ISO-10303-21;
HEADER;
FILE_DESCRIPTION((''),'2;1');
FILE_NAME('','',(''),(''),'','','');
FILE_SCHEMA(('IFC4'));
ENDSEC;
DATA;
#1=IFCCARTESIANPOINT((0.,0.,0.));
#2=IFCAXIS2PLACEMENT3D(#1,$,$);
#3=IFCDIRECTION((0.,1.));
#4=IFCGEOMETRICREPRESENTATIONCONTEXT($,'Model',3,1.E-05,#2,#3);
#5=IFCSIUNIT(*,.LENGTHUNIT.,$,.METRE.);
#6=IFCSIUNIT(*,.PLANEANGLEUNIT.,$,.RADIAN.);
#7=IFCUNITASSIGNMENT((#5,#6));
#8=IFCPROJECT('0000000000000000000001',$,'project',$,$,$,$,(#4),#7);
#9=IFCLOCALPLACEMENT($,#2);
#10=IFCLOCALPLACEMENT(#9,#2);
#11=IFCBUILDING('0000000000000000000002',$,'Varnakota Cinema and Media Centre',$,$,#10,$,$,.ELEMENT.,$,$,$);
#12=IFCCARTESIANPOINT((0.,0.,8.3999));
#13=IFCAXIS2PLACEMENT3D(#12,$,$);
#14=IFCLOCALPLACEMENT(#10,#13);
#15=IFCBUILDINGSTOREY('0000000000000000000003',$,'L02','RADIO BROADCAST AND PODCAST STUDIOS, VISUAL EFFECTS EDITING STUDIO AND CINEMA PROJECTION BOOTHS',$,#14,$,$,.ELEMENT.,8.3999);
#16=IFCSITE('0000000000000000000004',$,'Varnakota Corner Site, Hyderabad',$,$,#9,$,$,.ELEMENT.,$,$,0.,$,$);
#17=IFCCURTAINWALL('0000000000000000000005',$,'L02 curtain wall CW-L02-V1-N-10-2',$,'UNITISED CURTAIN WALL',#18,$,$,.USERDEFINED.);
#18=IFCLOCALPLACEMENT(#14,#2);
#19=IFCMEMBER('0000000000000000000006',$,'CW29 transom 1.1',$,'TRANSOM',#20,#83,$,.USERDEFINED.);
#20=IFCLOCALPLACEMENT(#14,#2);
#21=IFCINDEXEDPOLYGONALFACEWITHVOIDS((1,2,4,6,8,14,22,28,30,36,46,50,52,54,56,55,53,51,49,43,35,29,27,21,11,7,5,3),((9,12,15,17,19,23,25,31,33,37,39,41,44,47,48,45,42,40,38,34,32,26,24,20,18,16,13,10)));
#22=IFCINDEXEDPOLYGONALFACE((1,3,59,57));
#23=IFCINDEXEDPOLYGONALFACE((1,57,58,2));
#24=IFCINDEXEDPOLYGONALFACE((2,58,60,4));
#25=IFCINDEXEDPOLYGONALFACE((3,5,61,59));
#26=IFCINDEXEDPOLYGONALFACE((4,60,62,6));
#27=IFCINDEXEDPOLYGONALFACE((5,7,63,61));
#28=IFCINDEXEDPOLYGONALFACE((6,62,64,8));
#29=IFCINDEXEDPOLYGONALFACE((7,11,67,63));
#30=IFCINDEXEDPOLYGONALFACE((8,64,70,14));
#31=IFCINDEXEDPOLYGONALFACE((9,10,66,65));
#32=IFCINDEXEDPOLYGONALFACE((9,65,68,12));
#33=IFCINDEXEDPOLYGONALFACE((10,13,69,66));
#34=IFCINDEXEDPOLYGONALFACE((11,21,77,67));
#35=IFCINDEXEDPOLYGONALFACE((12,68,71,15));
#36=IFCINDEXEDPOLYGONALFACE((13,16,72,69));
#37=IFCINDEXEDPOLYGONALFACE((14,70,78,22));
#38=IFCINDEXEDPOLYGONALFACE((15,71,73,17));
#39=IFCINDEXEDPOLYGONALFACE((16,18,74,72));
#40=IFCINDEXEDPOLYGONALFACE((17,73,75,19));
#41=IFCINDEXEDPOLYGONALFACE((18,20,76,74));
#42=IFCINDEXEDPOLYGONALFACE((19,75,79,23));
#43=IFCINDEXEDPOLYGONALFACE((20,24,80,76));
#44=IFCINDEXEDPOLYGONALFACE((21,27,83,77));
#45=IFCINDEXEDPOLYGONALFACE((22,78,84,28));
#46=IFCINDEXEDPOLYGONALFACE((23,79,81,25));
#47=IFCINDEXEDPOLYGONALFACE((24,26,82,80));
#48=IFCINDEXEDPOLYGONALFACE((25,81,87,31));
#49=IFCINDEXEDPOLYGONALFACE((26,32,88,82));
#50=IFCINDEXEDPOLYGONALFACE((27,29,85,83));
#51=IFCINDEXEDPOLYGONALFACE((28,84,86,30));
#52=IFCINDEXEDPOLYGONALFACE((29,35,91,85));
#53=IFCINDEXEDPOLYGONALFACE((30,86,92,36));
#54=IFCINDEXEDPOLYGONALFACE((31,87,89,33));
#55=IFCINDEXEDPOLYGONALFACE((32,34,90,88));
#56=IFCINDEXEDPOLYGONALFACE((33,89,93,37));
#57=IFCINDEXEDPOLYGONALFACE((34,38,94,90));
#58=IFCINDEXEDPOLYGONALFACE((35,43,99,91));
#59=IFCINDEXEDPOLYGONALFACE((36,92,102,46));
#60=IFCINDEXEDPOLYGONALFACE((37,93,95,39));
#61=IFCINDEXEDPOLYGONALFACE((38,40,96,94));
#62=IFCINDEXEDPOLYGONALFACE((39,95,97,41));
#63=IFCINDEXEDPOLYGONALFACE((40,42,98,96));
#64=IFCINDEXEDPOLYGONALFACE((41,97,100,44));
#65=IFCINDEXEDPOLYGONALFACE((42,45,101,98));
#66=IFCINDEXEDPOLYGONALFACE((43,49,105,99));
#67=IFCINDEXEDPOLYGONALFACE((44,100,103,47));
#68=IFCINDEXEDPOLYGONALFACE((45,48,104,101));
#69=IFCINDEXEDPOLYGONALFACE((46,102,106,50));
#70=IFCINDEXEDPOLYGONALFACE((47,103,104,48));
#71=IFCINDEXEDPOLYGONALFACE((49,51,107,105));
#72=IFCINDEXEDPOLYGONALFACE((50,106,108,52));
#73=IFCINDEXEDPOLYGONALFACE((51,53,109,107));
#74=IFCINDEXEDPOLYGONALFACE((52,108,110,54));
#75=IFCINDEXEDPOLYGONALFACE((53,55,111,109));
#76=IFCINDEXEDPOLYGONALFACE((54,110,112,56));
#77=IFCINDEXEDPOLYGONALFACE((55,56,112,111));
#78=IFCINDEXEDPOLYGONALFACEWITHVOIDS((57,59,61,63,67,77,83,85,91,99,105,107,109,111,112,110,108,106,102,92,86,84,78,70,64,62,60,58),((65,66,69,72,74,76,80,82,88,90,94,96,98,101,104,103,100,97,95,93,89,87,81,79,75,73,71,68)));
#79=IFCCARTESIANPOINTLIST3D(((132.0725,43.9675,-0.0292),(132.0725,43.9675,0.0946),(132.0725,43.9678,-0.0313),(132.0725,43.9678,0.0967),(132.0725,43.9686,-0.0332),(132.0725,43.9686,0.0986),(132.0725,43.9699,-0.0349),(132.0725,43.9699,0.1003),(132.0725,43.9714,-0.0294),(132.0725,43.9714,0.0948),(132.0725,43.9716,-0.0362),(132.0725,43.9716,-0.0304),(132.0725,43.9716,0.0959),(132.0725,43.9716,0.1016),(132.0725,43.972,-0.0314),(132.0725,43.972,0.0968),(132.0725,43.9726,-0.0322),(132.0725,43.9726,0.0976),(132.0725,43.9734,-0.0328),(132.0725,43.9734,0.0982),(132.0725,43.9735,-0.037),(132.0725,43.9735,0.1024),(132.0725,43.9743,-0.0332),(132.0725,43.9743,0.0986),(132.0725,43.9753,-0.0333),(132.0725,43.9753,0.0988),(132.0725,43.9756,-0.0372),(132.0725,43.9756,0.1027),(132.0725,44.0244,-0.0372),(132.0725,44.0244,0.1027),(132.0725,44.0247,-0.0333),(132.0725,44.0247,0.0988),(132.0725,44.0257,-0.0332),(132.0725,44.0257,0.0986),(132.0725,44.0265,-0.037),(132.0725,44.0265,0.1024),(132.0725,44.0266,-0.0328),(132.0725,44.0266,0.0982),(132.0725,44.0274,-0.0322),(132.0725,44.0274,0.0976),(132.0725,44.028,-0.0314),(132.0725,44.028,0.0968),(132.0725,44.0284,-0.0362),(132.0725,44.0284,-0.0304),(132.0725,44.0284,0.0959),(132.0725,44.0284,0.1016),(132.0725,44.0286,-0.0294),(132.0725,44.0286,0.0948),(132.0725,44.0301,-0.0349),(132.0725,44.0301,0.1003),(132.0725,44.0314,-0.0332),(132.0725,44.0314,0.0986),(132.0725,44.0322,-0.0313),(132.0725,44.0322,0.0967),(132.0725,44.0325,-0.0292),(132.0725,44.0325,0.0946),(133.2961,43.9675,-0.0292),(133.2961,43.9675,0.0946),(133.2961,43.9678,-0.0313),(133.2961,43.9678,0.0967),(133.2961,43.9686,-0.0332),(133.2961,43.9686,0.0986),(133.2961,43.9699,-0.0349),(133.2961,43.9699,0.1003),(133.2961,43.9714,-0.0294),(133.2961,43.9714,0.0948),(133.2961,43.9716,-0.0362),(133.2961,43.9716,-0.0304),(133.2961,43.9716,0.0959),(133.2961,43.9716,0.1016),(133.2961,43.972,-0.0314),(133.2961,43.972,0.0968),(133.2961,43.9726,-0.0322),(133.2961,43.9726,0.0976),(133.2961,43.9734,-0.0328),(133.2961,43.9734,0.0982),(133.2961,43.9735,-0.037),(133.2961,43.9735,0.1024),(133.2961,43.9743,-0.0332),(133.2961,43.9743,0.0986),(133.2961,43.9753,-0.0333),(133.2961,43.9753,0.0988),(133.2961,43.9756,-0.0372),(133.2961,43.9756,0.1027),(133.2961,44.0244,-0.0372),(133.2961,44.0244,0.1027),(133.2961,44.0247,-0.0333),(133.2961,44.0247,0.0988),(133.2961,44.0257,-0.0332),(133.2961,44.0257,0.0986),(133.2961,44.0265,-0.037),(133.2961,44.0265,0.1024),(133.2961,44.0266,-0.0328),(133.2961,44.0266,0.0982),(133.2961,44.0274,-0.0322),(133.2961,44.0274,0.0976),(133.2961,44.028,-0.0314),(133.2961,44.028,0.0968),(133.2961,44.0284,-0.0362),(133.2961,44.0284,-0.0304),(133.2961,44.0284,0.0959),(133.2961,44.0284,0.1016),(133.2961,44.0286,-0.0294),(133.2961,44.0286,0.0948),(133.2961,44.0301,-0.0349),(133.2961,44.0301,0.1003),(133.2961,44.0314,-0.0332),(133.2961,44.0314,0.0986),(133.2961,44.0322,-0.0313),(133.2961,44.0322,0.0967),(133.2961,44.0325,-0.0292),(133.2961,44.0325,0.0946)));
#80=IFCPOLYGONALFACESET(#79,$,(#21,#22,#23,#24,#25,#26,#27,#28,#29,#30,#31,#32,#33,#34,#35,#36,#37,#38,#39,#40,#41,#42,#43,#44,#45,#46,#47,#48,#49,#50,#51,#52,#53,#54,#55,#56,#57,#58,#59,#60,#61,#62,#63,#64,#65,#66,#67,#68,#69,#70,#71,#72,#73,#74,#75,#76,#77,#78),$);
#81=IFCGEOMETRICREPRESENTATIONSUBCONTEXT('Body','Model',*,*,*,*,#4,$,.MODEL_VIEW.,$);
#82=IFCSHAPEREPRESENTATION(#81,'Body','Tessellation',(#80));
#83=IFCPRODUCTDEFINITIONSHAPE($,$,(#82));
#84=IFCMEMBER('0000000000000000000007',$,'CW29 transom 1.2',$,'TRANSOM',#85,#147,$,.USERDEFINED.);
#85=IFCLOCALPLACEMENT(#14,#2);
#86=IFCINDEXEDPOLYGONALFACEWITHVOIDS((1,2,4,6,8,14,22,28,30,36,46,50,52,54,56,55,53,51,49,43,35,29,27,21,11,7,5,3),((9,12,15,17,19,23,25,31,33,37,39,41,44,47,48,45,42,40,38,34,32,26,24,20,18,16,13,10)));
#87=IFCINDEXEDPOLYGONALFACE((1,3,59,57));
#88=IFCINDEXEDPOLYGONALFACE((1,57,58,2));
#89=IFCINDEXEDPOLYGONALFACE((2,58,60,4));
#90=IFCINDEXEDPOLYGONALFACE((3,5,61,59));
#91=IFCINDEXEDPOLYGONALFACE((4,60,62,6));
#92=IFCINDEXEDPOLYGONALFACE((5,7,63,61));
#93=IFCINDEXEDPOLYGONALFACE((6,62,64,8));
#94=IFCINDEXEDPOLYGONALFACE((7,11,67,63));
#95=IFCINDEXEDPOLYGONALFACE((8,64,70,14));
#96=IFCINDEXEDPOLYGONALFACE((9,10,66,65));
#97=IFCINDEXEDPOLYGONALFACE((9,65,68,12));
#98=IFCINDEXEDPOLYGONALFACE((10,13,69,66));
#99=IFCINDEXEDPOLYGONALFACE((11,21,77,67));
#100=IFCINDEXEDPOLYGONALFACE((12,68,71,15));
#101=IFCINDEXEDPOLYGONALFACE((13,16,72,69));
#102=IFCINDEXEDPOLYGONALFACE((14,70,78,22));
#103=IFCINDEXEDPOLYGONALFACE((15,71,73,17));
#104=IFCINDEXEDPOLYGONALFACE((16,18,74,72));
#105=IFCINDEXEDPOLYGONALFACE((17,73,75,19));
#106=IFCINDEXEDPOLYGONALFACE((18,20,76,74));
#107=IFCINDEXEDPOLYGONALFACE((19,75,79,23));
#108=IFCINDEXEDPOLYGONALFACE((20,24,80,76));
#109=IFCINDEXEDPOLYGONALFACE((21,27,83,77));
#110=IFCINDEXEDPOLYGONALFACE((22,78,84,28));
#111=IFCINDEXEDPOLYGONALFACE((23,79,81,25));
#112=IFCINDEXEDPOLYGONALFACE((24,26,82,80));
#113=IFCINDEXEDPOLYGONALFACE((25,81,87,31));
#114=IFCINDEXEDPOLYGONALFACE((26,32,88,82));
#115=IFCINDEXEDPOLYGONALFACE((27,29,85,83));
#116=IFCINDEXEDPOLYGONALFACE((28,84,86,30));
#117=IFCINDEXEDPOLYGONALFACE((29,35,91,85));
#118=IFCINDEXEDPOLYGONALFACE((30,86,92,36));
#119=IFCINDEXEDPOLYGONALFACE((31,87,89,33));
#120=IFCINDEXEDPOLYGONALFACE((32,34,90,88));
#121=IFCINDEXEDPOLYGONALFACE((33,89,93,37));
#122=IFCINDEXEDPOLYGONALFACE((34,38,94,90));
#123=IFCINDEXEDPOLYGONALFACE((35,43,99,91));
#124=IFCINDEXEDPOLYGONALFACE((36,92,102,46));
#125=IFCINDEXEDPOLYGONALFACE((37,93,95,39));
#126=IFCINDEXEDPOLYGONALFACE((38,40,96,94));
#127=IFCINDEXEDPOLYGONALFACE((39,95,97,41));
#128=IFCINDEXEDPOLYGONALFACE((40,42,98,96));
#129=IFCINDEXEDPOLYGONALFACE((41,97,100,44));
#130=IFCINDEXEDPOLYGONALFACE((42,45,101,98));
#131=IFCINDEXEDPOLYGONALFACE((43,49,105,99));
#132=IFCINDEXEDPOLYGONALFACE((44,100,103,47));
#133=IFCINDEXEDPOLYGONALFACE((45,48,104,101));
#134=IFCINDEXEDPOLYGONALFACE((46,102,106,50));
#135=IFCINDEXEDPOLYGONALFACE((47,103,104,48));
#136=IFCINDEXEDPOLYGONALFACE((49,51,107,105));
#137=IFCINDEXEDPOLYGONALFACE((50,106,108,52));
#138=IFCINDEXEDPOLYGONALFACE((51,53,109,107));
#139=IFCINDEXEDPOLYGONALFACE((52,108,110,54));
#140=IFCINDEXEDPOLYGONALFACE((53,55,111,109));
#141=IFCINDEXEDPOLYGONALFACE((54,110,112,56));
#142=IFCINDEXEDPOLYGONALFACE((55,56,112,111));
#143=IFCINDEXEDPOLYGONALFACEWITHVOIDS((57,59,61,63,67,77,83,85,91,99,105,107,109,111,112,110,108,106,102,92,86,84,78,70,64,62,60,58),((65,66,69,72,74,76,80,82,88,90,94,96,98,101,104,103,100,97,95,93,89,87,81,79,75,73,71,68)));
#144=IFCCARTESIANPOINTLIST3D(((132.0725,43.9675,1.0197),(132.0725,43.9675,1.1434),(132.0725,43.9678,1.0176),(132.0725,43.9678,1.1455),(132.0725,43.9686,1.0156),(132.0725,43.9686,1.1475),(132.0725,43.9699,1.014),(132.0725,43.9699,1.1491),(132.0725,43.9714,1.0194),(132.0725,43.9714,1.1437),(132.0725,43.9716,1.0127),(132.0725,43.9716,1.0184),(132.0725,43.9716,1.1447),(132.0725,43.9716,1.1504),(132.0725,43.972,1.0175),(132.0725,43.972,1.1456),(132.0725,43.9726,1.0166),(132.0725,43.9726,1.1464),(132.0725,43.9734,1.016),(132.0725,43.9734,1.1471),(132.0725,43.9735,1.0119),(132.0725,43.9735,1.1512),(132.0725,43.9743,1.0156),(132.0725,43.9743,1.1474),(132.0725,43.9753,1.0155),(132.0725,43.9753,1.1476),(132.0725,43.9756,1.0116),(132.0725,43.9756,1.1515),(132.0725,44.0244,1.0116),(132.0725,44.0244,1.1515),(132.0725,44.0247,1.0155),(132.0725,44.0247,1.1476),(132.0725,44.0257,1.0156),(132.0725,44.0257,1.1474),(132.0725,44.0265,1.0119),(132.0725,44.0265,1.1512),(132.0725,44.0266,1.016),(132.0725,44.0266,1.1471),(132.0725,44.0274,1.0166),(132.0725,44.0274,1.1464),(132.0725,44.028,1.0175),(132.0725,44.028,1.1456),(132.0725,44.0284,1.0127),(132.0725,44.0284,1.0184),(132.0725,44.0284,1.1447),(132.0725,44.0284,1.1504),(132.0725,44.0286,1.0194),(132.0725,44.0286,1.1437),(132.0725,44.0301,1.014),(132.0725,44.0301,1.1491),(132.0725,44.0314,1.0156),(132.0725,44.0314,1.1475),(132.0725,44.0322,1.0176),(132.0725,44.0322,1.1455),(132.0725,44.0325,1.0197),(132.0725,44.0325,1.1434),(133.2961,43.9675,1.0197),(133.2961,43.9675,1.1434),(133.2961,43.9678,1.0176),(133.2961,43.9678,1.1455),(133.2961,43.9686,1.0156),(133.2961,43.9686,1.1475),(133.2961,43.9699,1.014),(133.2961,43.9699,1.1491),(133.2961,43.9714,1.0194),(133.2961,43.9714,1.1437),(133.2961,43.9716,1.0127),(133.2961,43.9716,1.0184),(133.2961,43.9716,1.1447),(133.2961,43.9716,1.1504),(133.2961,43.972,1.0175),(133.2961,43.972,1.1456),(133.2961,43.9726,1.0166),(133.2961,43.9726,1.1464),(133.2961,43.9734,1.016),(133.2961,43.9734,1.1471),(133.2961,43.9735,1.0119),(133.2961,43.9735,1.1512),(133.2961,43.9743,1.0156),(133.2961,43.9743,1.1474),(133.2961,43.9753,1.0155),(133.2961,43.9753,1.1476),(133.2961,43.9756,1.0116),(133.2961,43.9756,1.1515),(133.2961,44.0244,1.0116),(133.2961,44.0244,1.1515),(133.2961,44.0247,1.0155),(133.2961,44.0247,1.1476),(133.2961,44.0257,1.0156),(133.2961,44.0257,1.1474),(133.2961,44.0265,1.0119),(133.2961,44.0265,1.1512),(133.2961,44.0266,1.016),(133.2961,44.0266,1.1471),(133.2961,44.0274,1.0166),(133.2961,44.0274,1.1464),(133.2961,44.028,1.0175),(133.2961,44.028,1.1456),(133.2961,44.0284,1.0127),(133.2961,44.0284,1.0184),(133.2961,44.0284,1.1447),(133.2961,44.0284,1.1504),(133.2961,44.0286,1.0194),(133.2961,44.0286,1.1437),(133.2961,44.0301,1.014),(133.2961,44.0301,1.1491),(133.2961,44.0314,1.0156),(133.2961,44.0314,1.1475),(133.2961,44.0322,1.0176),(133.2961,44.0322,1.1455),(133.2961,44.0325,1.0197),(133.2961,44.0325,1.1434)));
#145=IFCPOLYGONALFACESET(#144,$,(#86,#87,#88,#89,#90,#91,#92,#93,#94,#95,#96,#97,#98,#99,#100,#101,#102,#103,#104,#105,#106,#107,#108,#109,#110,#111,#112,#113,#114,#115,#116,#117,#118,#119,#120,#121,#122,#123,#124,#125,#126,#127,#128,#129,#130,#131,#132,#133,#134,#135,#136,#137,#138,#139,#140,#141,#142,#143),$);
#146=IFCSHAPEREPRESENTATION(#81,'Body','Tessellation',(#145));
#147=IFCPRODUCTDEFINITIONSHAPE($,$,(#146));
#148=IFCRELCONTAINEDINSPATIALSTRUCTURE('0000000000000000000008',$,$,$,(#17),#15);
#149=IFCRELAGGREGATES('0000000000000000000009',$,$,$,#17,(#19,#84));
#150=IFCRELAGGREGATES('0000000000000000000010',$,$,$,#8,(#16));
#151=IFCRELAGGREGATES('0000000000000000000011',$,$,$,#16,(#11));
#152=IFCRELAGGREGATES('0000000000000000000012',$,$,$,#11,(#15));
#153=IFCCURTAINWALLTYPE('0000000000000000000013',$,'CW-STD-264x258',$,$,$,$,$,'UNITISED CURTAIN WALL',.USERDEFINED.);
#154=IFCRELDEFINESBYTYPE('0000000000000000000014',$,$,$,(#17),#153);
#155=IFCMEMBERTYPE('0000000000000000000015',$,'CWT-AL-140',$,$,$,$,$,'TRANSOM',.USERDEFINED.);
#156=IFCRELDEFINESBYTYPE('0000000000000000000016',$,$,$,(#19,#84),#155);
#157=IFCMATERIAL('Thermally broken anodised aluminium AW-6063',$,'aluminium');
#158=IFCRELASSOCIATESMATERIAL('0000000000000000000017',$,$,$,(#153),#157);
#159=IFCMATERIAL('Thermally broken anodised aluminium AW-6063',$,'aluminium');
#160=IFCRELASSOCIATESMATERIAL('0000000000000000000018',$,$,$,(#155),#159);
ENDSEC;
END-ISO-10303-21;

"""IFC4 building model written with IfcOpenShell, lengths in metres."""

from ifc_helpers import new_model, si_unit, direction, frame, origin, origin_2d, place, context, subcontext, project, spatial, hollow_rectangle, extrude, material, material_profile, profile_set, type_object, element, aggregate, save


model = new_model("IFC4")

# Units and contexts
model_context = context("Model", 3, precision=1e-05, world=origin(), true_north=direction((0.0, 1.0)))
body_context = subcontext(model_context, "Body", "Model", "MODEL_VIEW")
ifc_project = project(units=[si_unit("LENGTHUNIT", "METRE"), si_unit("PLANEANGLEUNIT", "RADIAN")], contexts=[model_context])

# Site, building, storey
site_placement = place(None, origin())
site = spatial("IfcSite", under=ifc_project, at=site_placement, Name="Varnakota Corner Site, Hyderabad", CompositionType="ELEMENT", RefElevation=0.0)
building_placement = place(site_placement, origin())
building = spatial("IfcBuilding", under=site, at=building_placement, Name="Varnakota Cinema and Media Centre", CompositionType="ELEMENT")
storey_placement = place(building_placement, frame((0.0, 0.0, 8.3999)))
storey = spatial("IfcBuildingStorey", under=building, at=storey_placement, Name="L02", Description="RADIO BROADCAST AND PODCAST STUDIOS, VISUAL EFFECTS EDITING STUDIO AND CINEMA PROJECTION BOOTHS", CompositionType="ELEMENT", Elevation=8.3999)

# Curtain wall, members
ifc_material_1 = material(Name="Thermally broken anodised aluminium AW-6063", Category="aluminium")
curtain_wall_type = type_object("IfcCurtainWallType", Name="CW-STD-264x258", ElementType="UNITISED CURTAIN WALL", PredefinedType="USERDEFINED", material=ifc_material_1)
curtain_wall_placement = place(storey_placement, origin())
curtain_wall = element("IfcCurtainWall", 1, at=curtain_wall_placement, inside=storey, type_object=curtain_wall_type, Name="L02 curtain wall CW-L02-V1-N-10-2", ObjectType="UNITISED CURTAIN WALL", PredefinedType="USERDEFINED")
ifc_material_2 = material(Name="Thermally broken anodised aluminium AW-6063", Category="aluminium")
ifc_material_profile_1 = material_profile(ifc_material_2, hollow_rectangle(XDim=0.0649, YDim=0.1399, WallThickness=0.0039, InnerFilletRadius=0.0039, OuterFilletRadius=0.0081, at=origin_2d()), Name="AL-TRANSOM 140x65x4")
ifc_profile_set_1 = profile_set([ifc_material_profile_1], Name="Thermally broken anodised aluminium AW-6063")
member_type_1 = type_object("IfcMemberType", Name="CWT-AL-140", ElementType="TRANSOM", PredefinedType="USERDEFINED", material=ifc_profile_set_1)
member_1_placement = place(storey_placement, frame((132.0725, 44.0, 0.0327), z_axis=(1.0, 0.0, 0.0), x_axis=(0.0, 1.0, 0.0)))
member_1 = element("IfcMember", 2, at=member_1_placement, type_object=member_type_1, Name="CW29 transom 1.1", ObjectType="TRANSOM", PredefinedType="USERDEFINED", context=body_context, shape_type="SweptSolid", body=[
    extrude(hollow_rectangle(XDim=0.0649, YDim=0.1399, WallThickness=0.0039, InnerFilletRadius=0.0039, OuterFilletRadius=0.0081, at=origin_2d()), origin(), (0.0, 0.0, 1.0), 1.2236),
])
member_2_placement = place(storey_placement, frame((132.0725, 44.0, 1.0815), z_axis=(1.0, 0.0, 0.0), x_axis=(0.0, 1.0, 0.0)))
member_2 = element("IfcMember", 3, at=member_2_placement, type_object=member_type_1, Name="CW29 transom 1.2", ObjectType="TRANSOM", PredefinedType="USERDEFINED", context=body_context, shape_type="SweptSolid", body=[
    extrude(hollow_rectangle(XDim=0.0649, YDim=0.1399, WallThickness=0.0039, InnerFilletRadius=0.0039, OuterFilletRadius=0.0081, at=origin_2d()), origin(), (0.0, 0.0, 1.0), 1.2236),
])
aggregate(curtain_wall, [member_1, member_2])

save(model, "model.ifc")
